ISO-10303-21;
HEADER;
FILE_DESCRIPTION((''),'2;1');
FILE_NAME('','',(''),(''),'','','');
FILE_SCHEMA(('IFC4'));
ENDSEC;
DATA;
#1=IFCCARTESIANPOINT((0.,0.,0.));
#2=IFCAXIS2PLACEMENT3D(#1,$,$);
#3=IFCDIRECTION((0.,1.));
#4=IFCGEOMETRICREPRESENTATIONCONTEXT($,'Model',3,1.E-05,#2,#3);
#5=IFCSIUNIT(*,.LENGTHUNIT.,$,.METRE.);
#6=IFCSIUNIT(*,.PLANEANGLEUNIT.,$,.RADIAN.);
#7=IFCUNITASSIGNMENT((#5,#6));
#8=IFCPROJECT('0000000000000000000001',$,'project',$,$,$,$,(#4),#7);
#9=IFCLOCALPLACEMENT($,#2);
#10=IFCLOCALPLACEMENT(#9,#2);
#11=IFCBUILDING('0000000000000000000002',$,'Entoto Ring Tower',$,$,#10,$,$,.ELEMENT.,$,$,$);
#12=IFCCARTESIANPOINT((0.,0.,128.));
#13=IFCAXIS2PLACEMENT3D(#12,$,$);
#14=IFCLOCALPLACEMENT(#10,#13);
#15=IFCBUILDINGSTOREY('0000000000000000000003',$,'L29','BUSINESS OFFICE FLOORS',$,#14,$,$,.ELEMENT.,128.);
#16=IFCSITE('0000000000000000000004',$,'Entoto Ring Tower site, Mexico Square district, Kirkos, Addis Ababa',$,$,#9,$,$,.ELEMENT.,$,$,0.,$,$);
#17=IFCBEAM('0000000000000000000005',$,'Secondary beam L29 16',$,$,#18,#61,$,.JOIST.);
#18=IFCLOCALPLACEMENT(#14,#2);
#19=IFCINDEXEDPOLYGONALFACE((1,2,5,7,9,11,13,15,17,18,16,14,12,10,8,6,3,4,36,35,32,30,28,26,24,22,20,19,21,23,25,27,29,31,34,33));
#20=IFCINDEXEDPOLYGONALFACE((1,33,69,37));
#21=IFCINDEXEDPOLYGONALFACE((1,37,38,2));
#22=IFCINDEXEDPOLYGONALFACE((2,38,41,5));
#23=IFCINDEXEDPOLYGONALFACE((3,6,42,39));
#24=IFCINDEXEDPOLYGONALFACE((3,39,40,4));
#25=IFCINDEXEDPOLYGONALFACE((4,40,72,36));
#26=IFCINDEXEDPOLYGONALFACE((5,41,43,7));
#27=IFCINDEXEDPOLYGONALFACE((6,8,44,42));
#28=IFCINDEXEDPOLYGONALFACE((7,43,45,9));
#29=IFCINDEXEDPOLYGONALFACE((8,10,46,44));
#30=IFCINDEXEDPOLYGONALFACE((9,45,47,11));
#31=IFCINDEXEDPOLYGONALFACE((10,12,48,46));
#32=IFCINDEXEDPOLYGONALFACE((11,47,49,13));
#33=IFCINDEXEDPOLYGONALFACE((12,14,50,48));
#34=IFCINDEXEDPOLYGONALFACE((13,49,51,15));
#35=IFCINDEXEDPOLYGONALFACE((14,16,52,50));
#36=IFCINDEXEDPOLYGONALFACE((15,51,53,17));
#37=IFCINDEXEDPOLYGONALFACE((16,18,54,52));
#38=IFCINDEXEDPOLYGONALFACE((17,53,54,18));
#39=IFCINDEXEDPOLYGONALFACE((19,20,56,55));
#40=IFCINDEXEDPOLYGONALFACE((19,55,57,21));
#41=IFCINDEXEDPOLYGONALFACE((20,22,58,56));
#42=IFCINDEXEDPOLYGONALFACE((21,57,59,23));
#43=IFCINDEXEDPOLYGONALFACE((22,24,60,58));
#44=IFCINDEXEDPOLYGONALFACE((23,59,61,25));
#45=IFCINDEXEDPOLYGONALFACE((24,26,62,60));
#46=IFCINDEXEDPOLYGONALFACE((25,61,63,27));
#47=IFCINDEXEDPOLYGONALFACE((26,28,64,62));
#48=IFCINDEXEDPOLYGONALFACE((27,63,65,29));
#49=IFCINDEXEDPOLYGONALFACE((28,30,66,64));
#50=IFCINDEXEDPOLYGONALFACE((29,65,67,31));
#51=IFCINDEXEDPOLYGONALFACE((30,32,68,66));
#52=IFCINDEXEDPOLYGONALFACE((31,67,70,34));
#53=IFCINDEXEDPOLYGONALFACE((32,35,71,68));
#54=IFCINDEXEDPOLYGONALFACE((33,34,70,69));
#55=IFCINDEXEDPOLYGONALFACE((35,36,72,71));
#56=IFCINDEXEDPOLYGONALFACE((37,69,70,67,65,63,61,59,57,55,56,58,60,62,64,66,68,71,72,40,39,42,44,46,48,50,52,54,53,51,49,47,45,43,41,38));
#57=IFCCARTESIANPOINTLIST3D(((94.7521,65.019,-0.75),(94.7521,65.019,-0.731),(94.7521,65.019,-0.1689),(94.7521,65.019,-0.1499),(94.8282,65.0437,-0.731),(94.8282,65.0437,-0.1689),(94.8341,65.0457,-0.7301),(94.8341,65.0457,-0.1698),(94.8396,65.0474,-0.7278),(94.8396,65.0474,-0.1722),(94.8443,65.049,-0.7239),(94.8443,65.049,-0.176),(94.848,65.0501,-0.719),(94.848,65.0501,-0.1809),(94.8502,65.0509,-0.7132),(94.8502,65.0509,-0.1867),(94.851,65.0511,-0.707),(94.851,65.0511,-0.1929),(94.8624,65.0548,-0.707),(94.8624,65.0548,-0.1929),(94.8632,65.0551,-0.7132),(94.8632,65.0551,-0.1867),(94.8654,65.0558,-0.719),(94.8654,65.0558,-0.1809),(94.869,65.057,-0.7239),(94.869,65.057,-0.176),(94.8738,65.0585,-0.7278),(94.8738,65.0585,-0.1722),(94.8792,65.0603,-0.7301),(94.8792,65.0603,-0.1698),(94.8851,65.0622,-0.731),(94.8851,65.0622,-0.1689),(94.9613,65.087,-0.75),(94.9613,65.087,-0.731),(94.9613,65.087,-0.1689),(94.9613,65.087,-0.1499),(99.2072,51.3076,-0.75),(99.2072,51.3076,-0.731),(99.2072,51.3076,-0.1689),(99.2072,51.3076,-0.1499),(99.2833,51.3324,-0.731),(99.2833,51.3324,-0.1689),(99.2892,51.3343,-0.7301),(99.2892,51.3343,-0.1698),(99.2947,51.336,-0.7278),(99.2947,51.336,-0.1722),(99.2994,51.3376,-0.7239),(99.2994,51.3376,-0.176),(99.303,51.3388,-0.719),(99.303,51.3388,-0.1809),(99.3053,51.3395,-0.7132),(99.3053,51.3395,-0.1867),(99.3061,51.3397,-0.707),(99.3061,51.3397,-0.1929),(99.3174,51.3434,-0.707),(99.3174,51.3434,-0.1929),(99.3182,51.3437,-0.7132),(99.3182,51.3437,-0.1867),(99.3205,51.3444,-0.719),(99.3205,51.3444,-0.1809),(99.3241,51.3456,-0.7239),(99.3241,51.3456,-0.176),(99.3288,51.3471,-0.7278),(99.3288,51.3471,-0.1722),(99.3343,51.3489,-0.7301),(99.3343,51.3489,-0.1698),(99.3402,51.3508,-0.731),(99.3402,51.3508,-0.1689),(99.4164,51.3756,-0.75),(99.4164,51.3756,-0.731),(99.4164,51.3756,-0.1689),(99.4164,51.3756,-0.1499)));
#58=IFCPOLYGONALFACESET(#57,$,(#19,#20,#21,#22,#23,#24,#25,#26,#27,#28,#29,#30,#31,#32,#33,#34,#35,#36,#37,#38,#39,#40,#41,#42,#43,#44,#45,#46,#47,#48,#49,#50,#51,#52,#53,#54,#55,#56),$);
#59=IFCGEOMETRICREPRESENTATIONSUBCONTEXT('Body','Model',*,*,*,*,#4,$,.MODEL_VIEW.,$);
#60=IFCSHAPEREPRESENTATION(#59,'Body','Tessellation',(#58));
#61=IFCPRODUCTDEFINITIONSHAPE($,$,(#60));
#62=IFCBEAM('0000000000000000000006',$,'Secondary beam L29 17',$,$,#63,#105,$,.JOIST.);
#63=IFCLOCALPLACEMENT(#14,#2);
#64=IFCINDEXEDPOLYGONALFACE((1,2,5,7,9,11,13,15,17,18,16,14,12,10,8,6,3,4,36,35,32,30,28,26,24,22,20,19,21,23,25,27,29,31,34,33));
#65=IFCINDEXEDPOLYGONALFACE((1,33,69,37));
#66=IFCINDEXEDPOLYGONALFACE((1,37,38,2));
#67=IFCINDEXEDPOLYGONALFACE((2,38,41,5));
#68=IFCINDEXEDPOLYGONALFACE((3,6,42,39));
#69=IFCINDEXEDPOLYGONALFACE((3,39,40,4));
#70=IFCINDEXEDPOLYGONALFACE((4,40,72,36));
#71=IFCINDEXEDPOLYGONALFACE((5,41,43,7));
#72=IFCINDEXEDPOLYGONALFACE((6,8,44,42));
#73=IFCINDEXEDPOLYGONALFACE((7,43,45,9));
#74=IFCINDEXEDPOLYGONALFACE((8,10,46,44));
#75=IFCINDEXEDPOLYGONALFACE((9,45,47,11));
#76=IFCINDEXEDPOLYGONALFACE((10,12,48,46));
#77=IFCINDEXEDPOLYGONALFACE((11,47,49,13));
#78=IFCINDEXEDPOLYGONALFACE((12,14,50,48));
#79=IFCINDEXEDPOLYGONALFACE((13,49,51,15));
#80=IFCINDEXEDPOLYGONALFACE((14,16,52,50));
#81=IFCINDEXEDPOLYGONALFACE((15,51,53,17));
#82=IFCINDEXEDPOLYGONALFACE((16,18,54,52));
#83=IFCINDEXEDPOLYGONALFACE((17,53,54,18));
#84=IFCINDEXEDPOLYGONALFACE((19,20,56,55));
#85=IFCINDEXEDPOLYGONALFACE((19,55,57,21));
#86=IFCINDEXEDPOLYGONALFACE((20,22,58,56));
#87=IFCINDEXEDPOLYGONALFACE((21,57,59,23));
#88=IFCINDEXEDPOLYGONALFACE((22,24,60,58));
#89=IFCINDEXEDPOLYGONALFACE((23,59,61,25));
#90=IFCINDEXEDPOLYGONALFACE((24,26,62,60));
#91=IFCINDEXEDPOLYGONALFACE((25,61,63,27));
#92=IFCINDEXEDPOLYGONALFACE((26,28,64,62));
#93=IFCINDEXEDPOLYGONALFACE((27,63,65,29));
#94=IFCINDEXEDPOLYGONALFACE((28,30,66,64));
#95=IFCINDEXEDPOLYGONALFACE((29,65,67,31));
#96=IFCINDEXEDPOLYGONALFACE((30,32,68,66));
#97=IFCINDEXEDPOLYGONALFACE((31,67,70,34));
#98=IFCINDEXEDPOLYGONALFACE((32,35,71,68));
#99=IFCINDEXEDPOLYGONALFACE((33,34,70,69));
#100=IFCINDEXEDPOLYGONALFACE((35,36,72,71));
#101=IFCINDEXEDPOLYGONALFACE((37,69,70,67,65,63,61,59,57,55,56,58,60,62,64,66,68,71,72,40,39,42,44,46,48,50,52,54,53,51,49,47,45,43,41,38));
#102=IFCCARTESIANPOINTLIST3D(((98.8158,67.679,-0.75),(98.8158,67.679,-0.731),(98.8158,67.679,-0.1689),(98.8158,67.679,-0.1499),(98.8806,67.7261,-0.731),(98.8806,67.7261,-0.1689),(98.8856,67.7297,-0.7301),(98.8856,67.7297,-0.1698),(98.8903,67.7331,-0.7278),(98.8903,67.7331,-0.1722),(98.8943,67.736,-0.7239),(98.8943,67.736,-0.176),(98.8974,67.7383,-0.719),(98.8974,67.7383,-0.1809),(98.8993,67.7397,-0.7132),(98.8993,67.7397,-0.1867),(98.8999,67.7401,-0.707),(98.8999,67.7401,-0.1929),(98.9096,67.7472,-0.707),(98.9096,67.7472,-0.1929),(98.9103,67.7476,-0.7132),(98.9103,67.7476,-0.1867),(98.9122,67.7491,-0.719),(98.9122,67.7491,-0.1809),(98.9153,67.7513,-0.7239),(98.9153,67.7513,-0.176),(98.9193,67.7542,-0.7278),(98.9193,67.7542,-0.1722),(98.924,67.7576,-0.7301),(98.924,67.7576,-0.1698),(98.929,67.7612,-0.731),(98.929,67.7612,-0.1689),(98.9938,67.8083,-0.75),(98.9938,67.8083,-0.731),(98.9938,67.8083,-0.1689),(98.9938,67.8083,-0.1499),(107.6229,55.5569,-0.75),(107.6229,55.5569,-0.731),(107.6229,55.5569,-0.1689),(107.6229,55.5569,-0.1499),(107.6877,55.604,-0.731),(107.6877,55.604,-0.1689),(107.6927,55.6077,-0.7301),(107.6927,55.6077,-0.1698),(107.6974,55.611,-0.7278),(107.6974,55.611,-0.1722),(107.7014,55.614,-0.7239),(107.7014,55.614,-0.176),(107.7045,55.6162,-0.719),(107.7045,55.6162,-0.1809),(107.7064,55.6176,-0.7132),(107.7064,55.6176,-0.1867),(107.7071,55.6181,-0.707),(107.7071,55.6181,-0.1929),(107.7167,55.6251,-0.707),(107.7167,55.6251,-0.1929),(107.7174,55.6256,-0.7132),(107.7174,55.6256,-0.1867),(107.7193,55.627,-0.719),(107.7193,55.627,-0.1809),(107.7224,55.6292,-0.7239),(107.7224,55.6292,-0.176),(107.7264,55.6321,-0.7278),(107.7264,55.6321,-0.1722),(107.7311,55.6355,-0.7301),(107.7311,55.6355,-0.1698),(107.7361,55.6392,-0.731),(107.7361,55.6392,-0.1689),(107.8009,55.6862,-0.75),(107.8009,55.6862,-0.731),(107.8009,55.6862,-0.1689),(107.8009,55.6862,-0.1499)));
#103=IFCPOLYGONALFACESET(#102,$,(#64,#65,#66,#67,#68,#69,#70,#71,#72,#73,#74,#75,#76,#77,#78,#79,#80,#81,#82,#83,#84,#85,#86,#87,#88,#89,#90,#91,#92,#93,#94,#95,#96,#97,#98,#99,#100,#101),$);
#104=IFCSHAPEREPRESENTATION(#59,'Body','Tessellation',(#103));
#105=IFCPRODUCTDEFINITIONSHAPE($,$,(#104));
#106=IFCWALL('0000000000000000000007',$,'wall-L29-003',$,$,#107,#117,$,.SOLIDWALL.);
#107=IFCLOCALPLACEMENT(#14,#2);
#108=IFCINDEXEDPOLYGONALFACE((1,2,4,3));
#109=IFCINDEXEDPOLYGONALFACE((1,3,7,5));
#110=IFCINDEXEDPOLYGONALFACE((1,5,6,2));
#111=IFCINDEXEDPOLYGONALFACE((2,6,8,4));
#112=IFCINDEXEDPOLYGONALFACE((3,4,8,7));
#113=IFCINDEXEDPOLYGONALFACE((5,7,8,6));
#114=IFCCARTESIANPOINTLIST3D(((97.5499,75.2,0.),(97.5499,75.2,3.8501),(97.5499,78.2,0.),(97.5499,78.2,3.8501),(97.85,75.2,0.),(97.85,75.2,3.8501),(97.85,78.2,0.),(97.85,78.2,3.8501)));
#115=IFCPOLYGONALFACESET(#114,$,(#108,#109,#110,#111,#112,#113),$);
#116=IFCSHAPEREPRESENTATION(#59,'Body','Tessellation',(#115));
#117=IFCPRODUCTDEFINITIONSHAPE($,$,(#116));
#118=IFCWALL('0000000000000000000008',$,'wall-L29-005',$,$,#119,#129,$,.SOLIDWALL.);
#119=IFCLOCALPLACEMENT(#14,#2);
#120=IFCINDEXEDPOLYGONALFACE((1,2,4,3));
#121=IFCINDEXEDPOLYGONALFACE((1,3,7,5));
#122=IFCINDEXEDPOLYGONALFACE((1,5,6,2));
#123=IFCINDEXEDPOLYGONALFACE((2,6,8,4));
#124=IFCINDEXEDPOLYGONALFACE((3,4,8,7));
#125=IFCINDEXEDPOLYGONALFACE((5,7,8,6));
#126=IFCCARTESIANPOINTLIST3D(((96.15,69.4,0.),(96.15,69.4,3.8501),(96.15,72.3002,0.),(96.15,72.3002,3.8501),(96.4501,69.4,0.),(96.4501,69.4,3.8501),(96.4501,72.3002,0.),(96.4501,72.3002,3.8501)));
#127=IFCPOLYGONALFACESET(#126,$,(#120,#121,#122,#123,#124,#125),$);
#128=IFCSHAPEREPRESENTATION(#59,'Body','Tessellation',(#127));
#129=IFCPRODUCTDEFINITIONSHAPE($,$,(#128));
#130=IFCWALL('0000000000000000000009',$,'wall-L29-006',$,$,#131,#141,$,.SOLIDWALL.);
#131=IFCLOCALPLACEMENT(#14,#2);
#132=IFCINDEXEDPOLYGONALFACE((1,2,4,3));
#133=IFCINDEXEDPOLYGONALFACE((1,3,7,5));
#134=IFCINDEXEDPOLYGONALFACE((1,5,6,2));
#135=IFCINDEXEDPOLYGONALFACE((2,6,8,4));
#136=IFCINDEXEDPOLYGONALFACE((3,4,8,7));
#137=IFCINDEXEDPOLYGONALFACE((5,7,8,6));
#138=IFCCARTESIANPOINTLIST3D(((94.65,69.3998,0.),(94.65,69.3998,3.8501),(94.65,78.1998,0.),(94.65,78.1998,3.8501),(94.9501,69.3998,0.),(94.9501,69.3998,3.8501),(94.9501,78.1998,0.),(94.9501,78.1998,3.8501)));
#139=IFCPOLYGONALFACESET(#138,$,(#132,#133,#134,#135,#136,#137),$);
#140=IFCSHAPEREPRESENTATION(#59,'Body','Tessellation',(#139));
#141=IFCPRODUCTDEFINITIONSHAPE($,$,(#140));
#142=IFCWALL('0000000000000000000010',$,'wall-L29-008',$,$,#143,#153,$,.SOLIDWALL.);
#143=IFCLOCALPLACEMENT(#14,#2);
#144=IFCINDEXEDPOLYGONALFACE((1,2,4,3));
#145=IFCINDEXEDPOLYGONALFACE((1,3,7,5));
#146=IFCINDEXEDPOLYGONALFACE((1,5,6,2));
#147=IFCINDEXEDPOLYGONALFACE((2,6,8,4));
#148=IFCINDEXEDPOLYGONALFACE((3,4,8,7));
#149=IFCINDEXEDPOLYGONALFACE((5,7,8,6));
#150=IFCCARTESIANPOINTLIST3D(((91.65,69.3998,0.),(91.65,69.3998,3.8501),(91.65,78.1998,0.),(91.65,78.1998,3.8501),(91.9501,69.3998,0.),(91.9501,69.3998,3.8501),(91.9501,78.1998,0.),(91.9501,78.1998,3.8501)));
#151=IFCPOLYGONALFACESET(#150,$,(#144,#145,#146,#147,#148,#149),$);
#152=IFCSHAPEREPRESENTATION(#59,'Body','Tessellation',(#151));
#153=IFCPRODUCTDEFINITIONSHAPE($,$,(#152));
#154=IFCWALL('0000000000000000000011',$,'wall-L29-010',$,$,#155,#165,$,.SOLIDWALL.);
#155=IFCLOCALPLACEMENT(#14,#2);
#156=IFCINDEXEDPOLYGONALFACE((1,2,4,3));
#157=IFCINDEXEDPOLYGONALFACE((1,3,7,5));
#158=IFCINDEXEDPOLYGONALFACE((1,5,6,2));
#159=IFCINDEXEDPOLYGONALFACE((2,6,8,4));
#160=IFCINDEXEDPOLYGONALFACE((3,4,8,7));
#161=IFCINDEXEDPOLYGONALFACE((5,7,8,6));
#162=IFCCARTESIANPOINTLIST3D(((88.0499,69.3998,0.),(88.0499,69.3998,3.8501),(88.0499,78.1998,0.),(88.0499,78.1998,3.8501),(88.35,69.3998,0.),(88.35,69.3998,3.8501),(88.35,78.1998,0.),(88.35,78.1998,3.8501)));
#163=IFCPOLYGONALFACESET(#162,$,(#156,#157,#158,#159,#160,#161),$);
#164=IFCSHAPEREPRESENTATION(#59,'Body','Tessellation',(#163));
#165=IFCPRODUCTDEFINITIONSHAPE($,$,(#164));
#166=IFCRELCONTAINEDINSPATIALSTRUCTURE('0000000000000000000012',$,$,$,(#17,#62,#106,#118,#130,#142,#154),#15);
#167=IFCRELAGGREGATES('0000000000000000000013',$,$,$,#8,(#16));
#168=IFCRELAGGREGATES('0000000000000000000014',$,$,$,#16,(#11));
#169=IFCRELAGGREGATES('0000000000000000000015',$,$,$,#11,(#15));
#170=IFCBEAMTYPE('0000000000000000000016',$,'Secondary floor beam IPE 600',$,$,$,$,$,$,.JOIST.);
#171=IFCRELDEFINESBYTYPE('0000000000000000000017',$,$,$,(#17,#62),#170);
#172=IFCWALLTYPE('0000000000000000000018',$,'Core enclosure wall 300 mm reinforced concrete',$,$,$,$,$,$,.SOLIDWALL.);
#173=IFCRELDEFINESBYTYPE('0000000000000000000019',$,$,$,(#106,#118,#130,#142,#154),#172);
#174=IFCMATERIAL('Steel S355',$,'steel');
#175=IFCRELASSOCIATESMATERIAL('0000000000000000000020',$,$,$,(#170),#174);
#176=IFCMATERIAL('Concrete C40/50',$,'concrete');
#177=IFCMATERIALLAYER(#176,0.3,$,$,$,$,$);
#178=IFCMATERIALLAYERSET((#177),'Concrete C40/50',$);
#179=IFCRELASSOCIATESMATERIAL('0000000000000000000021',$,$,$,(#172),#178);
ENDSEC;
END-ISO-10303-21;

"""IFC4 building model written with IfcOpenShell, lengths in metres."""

from ifc_helpers import new_model, si_unit, direction, frame, frame_2d, origin, origin_2d, place, context, subcontext, project, spatial, rectangle, i_section, extrude, material, layer, layer_set, material_profile, profile_set, type_object, element, save


model = new_model("IFC4")

# Units and contexts
model_context = context("Model", 3, precision=1e-05, world=origin(), true_north=direction((0.0, 1.0)))
body_context = subcontext(model_context, "Body", "Model", "MODEL_VIEW")
ifc_project = project(units=[si_unit("LENGTHUNIT", "METRE"), si_unit("PLANEANGLEUNIT", "RADIAN")], contexts=[model_context])

# Site, building, storey
site_placement = place(None, origin())
site = spatial("IfcSite", under=ifc_project, at=site_placement, Name="Entoto Ring Tower site, Mexico Square district, Kirkos, Addis Ababa", CompositionType="ELEMENT", RefElevation=0.0)
building_placement = place(site_placement, origin())
building = spatial("IfcBuilding", under=site, at=building_placement, Name="Entoto Ring Tower", CompositionType="ELEMENT")
storey_placement = place(building_placement, frame((0.0, 0.0, 128.0)))
storey = spatial("IfcBuildingStorey", under=building, at=storey_placement, Name="L29", Description="BUSINESS OFFICE FLOORS", CompositionType="ELEMENT", Elevation=128.0)

# Beams
ifc_material_1 = material(Name="Steel S355", Category="steel")
ifc_material_profile_1 = material_profile(ifc_material_1, i_section(OverallWidth=0.22, OverallDepth=0.6001, WebThickness=0.012, FlangeThickness=0.019, FilletRadius=0.0239, at=origin_2d()), Name="IPE 600")
ifc_profile_set_1 = profile_set([ifc_material_profile_1], Name="Steel S355")
beam_type_1 = type_object("IfcBeamType", Name="Secondary floor beam IPE 600", PredefinedType="JOIST", material=ifc_profile_set_1)
beam_1_placement = place(storey_placement, frame((94.8567, 65.053, -0.45), z_axis=(0.309015, -0.951057, 0.0), x_axis=(0.951057, 0.309015, 0.0)))
element("IfcBeam", 1, at=beam_1_placement, inside=storey, type_object=beam_type_1, Name="Secondary beam L29 16", PredefinedType="JOIST", context=body_context, shape_type="SweptSolid", body=[
    extrude(i_section(OverallWidth=0.22, OverallDepth=0.6001, WebThickness=0.012, FlangeThickness=0.019, FilletRadius=0.0239, at=origin_2d()), origin(), (0.0, 0.0, 1.0), 14.417),
])
beam_2_placement = place(storey_placement, frame((98.9048, 67.7437, -0.45), z_axis=(0.587782, -0.809019, 0.0), x_axis=(0.809019, 0.587782, 0.0)))
element("IfcBeam", 2, at=beam_2_placement, inside=storey, type_object=beam_type_1, Name="Secondary beam L29 17", PredefinedType="JOIST", context=body_context, shape_type="SweptSolid", body=[
    extrude(i_section(OverallWidth=0.22, OverallDepth=0.6001, WebThickness=0.012, FlangeThickness=0.019, FilletRadius=0.0239, at=origin_2d()), origin(), (0.0, 0.0, 1.0), 14.9836),
])

# Walls
ifc_material_2 = material(Name="Concrete C40/50", Category="concrete")
ifc_layer_1 = layer(ifc_material_2, 0.3)
ifc_layer_set_1 = layer_set([ifc_layer_1], Name="Concrete C40/50")
wall_type_1 = type_object("IfcWallType", Name="Core enclosure wall 300 mm reinforced concrete", PredefinedType="SOLIDWALL", material=ifc_layer_set_1)
wall_1_placement = place(storey_placement, frame((97.7, 75.2, 0.0), z_axis=(0.0, 0.0, 1.0), x_axis=(0.0, 1.0, 0.0)))
element("IfcWall", 3, at=wall_1_placement, inside=storey, type_object=wall_type_1, Name="wall-L29-003", PredefinedType="SOLIDWALL", context=body_context, shape_type="SweptSolid", body=[
    extrude(rectangle(XDim=3.0, YDim=0.3, at=frame_2d((1.5, 0.0))), origin(), (0.0, 0.0, 1.0), 3.8501),
])
wall_2_placement = place(storey_placement, frame((96.3, 69.3999, 0.0), z_axis=(0.0, 0.0, 1.0), x_axis=(0.0, 1.0, 0.0)))
element("IfcWall", 4, at=wall_2_placement, inside=storey, type_object=wall_type_1, Name="wall-L29-005", PredefinedType="SOLIDWALL", context=body_context, shape_type="SweptSolid", body=[
    extrude(rectangle(XDim=2.9001, YDim=0.3, at=frame_2d((1.4502, 0.0))), origin(), (0.0, 0.0, 1.0), 3.8501),
])
for number, where, z_axis, x_axis, name in (
    (5, (94.8, 69.3999, 0.0), (0.0, 0.0, 1.0), (0.0, 1.0, 0.0), "wall-L29-006"),
    (6, (91.8, 69.3999, 0.0), (0.0, 0.0, 1.0), (0.0, 1.0, 0.0), "wall-L29-008"),
    (7, (88.2, 69.3999, 0.0), (0.0, 0.0, 1.0), (0.0, 1.0, 0.0), "wall-L29-010"),
):
    element("IfcWall", number, at=place(storey_placement, frame(where, z_axis=z_axis, x_axis=x_axis)), inside=storey, type_object=wall_type_1, Name=name, PredefinedType="SOLIDWALL", context=body_context, shape_type="SweptSolid", body=[
        extrude(rectangle(XDim=8.8, YDim=0.3, at=frame_2d((4.3999, 0.0))), origin(), (0.0, 0.0, 1.0), 3.8501),
    ])

save(model, "model.ifc")
